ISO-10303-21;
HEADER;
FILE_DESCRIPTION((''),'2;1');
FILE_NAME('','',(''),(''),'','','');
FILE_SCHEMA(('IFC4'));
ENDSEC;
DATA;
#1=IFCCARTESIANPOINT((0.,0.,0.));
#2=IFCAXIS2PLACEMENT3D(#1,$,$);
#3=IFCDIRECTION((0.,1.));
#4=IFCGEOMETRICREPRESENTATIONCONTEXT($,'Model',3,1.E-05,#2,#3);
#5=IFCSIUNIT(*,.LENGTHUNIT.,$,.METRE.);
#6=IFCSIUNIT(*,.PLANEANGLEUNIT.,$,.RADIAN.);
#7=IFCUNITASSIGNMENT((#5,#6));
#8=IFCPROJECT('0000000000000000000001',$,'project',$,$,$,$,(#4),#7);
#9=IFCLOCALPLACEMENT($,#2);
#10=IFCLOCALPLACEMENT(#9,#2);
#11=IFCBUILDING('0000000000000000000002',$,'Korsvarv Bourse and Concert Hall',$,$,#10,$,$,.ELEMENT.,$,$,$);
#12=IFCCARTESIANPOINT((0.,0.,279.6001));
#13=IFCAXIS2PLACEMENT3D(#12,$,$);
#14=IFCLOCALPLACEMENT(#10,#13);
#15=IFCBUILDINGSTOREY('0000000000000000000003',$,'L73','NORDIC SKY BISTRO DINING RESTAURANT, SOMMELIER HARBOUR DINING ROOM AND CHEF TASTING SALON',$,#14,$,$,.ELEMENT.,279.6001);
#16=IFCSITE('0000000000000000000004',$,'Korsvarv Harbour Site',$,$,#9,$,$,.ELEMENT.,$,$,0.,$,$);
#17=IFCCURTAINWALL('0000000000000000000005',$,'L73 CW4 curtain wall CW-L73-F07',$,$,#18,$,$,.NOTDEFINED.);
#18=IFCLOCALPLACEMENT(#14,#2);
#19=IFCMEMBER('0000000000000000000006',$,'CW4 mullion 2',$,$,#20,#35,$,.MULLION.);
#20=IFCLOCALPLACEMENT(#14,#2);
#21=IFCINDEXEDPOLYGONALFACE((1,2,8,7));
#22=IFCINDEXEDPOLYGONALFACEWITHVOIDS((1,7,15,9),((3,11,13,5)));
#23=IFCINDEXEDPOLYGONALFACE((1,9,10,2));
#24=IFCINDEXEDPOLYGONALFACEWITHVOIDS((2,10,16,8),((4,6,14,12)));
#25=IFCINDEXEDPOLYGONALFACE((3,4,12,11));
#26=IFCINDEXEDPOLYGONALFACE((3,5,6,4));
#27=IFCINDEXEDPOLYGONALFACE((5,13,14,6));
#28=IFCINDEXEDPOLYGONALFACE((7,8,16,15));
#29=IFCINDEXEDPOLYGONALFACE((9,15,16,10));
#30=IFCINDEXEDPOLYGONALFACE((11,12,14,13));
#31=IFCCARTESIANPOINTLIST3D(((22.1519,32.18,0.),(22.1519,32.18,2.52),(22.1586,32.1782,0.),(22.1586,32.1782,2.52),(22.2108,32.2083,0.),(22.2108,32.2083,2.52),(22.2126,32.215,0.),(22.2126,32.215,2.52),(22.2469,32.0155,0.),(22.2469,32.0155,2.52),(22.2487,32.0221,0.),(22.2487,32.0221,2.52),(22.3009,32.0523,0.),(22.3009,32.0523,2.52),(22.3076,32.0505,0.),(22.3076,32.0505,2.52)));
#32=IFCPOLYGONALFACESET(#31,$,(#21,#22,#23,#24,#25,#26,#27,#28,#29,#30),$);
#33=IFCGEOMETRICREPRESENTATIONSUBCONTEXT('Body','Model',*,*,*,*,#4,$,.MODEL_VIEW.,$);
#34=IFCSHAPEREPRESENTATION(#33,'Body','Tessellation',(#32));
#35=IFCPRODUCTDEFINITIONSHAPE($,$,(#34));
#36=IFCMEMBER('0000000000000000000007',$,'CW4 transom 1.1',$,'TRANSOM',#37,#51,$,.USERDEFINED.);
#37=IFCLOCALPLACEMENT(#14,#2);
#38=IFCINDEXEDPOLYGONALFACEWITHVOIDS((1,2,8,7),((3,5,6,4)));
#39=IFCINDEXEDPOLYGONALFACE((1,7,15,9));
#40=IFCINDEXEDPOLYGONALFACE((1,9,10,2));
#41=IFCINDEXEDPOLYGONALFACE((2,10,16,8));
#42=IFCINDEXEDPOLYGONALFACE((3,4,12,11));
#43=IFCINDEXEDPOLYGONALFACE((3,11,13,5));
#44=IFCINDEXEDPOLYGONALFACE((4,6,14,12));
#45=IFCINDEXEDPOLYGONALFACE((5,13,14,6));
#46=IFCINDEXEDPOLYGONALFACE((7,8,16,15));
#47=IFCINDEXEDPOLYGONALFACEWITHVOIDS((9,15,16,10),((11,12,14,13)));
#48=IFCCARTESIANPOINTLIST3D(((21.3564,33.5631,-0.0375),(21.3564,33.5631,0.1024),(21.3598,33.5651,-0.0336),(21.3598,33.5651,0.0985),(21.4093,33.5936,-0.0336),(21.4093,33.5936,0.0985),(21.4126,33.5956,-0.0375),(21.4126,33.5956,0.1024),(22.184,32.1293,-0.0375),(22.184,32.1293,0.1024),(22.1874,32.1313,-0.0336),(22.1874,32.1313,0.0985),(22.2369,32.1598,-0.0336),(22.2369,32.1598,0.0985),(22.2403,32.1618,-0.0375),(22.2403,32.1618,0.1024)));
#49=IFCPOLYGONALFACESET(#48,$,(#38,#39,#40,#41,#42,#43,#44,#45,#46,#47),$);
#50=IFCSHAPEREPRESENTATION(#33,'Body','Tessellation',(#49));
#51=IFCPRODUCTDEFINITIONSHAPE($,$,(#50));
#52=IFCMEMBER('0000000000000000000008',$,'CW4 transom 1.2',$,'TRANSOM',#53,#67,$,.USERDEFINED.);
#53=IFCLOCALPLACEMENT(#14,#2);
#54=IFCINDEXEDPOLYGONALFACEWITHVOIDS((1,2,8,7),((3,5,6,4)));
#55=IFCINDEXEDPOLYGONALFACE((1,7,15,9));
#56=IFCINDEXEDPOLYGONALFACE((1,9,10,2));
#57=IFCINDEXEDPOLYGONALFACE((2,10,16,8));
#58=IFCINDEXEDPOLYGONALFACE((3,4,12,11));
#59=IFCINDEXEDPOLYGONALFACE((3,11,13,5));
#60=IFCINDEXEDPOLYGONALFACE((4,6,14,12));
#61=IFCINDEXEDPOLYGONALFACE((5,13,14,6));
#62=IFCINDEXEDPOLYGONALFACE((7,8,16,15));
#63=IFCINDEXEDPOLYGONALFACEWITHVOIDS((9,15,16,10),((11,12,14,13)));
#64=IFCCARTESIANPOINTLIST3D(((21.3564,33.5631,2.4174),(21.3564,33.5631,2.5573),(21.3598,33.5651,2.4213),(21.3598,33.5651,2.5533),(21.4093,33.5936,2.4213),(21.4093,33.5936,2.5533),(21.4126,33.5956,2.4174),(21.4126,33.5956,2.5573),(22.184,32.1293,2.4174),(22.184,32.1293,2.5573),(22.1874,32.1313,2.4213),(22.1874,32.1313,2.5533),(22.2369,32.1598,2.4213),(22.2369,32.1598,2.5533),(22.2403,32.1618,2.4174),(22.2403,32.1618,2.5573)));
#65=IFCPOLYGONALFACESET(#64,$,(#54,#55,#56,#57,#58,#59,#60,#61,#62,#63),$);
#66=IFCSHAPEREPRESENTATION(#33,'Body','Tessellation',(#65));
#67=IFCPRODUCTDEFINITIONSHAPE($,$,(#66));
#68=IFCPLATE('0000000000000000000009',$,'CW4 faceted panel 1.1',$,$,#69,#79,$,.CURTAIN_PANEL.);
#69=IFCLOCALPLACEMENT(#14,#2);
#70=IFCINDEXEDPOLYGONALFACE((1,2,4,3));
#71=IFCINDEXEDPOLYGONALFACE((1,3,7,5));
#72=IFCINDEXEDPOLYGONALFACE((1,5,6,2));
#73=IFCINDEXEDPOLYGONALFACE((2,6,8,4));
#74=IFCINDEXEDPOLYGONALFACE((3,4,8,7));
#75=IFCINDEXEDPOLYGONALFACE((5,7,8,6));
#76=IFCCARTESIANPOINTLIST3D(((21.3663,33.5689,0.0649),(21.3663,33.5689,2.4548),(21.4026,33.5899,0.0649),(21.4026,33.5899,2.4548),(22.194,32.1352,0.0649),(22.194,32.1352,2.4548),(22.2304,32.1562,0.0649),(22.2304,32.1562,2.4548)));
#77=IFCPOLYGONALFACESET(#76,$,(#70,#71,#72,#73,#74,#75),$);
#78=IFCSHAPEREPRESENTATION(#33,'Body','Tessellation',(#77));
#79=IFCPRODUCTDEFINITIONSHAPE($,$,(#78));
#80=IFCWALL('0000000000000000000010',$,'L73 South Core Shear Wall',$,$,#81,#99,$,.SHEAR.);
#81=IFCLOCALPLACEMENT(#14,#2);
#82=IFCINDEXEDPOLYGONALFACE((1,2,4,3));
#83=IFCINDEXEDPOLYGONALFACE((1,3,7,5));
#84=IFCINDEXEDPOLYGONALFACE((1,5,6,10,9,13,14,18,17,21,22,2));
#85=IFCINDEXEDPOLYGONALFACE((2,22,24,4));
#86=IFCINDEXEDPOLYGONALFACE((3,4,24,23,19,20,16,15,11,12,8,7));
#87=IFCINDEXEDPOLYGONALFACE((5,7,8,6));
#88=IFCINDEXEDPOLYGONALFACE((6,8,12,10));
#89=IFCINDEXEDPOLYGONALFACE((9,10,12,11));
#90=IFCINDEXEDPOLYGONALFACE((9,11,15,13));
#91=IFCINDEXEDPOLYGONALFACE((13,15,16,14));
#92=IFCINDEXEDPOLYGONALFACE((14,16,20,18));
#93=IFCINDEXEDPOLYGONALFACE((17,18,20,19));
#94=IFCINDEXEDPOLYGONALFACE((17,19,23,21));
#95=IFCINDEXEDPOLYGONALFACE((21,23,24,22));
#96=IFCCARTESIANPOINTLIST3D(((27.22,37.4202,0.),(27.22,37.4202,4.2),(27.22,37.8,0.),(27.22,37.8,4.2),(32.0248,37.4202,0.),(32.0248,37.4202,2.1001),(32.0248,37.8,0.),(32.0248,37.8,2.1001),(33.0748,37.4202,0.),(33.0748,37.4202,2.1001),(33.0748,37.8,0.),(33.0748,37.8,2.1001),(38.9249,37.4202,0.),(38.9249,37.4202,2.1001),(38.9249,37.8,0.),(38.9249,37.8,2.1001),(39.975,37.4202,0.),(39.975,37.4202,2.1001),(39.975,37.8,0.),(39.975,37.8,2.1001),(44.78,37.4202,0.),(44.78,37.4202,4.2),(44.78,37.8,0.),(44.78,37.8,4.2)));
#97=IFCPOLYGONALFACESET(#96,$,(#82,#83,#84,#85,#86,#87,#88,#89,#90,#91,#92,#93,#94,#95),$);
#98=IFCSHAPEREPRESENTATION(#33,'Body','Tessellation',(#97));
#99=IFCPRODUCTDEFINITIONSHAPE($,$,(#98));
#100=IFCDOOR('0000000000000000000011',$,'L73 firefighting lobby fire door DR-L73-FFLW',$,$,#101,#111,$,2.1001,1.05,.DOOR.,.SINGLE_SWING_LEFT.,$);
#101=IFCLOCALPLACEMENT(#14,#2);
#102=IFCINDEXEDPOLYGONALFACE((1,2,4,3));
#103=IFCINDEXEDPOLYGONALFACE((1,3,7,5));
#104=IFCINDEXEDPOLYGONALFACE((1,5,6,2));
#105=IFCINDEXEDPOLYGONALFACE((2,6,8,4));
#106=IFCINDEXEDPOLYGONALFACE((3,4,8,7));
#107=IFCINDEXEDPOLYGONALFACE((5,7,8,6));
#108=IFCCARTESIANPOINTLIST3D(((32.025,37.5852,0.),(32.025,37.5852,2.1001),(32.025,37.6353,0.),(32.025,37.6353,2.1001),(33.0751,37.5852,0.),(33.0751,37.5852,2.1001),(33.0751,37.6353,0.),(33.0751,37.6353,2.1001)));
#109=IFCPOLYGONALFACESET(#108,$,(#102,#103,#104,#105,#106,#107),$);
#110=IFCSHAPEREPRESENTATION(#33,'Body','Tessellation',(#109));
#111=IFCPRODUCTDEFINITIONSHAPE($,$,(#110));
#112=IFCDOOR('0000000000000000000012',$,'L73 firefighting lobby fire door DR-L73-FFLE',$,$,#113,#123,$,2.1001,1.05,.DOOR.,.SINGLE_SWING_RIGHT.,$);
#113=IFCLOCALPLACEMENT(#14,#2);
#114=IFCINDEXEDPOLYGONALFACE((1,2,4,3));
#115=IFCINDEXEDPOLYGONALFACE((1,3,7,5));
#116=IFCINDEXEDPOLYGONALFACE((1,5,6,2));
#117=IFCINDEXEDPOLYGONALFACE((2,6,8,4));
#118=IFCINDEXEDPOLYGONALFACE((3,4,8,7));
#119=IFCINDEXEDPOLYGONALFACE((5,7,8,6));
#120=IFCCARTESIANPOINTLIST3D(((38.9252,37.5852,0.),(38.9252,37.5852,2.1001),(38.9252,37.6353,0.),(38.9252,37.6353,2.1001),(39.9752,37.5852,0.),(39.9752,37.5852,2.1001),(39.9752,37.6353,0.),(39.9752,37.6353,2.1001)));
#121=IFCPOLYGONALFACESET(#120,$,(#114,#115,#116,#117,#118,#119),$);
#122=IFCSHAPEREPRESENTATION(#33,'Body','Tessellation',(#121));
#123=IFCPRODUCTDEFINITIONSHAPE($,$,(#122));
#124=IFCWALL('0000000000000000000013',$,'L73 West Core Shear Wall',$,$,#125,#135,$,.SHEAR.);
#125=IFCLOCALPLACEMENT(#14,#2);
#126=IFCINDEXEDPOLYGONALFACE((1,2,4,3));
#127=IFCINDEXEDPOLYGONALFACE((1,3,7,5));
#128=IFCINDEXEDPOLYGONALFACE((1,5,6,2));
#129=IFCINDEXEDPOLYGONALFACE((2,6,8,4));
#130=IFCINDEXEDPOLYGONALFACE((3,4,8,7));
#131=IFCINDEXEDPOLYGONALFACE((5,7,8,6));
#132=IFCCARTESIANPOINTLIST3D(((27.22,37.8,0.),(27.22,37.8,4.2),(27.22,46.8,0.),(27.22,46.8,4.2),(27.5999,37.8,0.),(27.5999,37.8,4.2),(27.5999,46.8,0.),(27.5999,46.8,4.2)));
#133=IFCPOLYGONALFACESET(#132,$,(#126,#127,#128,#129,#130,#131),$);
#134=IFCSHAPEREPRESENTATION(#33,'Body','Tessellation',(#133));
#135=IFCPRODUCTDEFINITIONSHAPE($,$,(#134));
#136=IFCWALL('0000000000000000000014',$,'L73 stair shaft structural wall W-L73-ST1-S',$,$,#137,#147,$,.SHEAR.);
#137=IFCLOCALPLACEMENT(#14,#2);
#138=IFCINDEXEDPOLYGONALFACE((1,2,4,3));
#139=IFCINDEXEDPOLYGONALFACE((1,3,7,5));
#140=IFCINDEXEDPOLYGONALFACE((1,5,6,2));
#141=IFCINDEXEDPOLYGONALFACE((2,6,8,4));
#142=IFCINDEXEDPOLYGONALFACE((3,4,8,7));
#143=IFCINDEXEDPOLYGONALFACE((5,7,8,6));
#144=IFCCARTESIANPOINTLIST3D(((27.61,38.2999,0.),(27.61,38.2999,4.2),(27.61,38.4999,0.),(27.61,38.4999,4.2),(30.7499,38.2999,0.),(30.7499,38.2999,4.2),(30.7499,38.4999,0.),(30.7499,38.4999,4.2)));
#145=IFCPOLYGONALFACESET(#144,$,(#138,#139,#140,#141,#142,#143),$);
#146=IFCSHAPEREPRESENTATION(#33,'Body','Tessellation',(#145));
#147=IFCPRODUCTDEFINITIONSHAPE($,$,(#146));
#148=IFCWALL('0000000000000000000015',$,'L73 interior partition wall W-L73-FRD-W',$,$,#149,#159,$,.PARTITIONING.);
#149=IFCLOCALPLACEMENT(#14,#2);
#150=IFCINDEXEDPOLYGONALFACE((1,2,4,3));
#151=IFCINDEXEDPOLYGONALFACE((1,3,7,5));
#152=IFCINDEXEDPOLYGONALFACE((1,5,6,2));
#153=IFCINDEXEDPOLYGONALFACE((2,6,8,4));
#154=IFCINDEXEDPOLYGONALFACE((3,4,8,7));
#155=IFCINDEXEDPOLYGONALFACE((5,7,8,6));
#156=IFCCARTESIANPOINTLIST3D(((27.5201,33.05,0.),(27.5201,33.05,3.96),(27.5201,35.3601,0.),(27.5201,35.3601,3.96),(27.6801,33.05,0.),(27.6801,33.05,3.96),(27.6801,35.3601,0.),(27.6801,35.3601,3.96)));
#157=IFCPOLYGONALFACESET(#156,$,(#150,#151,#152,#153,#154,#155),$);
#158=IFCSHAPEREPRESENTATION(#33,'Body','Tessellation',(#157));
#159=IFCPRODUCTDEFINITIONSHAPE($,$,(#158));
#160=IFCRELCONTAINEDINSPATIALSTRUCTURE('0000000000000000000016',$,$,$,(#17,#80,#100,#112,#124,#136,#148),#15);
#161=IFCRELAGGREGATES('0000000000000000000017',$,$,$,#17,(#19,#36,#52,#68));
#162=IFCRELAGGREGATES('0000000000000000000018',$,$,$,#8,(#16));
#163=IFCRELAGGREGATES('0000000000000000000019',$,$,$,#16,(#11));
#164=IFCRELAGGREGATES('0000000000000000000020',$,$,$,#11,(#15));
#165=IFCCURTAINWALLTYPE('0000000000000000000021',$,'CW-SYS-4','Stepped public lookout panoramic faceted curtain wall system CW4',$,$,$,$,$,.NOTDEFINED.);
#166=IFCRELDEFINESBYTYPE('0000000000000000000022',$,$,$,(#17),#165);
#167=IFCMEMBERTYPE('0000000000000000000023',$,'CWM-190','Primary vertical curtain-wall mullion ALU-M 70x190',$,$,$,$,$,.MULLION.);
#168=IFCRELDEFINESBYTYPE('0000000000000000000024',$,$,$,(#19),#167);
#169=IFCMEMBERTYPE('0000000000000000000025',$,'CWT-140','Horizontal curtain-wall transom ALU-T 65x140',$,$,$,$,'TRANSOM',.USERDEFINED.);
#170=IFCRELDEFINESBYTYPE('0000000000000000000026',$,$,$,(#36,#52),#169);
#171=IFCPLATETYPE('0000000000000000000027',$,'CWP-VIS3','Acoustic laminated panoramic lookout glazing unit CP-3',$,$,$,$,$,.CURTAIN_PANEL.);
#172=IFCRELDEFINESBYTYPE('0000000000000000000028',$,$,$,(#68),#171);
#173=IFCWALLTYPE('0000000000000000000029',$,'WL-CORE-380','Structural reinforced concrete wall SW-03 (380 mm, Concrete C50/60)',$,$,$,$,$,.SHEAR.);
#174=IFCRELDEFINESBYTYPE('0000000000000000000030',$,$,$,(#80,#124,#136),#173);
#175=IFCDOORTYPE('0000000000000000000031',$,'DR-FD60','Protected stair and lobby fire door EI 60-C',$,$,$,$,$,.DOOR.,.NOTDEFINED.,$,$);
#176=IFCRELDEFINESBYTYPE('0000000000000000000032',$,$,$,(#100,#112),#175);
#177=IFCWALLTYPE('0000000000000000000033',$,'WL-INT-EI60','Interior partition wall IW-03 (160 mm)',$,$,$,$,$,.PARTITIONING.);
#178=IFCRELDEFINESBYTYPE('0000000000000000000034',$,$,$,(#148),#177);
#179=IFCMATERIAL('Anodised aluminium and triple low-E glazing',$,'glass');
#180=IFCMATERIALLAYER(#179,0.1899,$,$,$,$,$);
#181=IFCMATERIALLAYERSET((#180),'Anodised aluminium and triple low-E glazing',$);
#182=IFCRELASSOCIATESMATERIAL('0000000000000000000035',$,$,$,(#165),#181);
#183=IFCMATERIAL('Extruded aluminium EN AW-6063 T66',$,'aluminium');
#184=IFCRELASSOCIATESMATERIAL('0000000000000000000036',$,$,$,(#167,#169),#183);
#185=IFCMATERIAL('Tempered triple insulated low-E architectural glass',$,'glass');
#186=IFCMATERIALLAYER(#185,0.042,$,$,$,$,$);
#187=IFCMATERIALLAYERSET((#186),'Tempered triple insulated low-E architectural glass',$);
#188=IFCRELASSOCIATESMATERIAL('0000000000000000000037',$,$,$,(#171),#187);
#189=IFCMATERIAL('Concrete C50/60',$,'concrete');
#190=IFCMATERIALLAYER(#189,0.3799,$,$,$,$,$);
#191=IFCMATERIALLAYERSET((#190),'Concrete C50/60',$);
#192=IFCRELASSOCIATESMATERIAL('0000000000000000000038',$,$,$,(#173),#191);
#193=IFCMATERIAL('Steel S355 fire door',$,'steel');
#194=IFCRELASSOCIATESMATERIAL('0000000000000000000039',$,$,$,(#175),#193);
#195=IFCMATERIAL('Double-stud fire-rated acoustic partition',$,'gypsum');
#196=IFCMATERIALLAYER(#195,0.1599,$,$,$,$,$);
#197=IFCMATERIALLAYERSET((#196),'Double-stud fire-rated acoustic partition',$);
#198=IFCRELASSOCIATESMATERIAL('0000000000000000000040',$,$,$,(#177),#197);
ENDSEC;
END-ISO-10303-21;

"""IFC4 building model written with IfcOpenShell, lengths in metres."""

from ifc_helpers import new_model, si_unit, direction, frame, frame_2d, origin, origin_2d, place, context, subcontext, project, spatial, rectangle, hollow_rectangle, extrude, source, transform, mapped, material, layer, layer_set, material_profile, profile_set, type_object, element, fill, aggregate, save


model = new_model("IFC4")

# Units and contexts
model_context = context("Model", 3, precision=1e-05, world=origin(), true_north=direction((0.0, 1.0)))
body_context = subcontext(model_context, "Body", "Model", "MODEL_VIEW")
ifc_project = project(units=[si_unit("LENGTHUNIT", "METRE"), si_unit("PLANEANGLEUNIT", "RADIAN")], contexts=[model_context])

# Site, building, storey
site_placement = place(None, origin())
site = spatial("IfcSite", under=ifc_project, at=site_placement, Name="Korsvarv Harbour Site", CompositionType="ELEMENT", RefElevation=0.0)
building_placement = place(site_placement, origin())
building = spatial("IfcBuilding", under=site, at=building_placement, Name="Korsvarv Bourse and Concert Hall", CompositionType="ELEMENT")
storey_placement = place(building_placement, frame((0.0, 0.0, 279.6001)))
storey = spatial("IfcBuildingStorey", under=building, at=storey_placement, Name="L73", Description="NORDIC SKY BISTRO DINING RESTAURANT, SOMMELIER HARBOUR DINING ROOM AND CHEF TASTING SALON", CompositionType="ELEMENT", Elevation=279.6001)

# Shared definitions
ifc_material_1 = material(Name="Concrete C50/60", Category="concrete")

# Curtain wall, members, plate
ifc_material_2 = material(Name="Anodised aluminium and triple low-E glazing", Category="glass")
ifc_layer_1 = layer(ifc_material_2, 0.1899)
ifc_layer_set_1 = layer_set([ifc_layer_1], Name="Anodised aluminium and triple low-E glazing")
curtain_wall_type = type_object("IfcCurtainWallType", Name="CW-SYS-4", Description="Stepped public lookout panoramic faceted curtain wall system CW4", PredefinedType="NOTDEFINED", material=ifc_layer_set_1)
curtain_wall_placement = place(storey_placement, origin())
curtain_wall = element("IfcCurtainWall", 1, at=curtain_wall_placement, inside=storey, type_object=curtain_wall_type, Name="L73 CW4 curtain wall CW-L73-F07", PredefinedType="NOTDEFINED")
ifc_material_3 = material(Name="Extruded aluminium EN AW-6063 T66", Category="aluminium")
ifc_material_profile_1 = material_profile(ifc_material_3, hollow_rectangle(XDim=0.0701, YDim=0.1899, WallThickness=0.0049, at=origin_2d()), Name="ALU-M 70x190")
ifc_profile_set_1 = profile_set([ifc_material_profile_1], Name="Extruded aluminium EN AW-6063 T66")
member_type_1 = type_object("IfcMemberType", Name="CWM-190", Description="Primary vertical curtain-wall mullion ALU-M 70x190", PredefinedType="MULLION", material=ifc_profile_set_1)
shared_shape_1 = source(origin(), body_context, "Body", "SweptSolid", [
    extrude(hollow_rectangle(XDim=0.0701, YDim=0.1899, WallThickness=0.0049, at=origin_2d()), origin(), (0.0, 0.0, 1.0), 2.52),
])
member_1_placement = place(storey_placement, frame((22.2297, 32.1152, 0.0), z_axis=(0.0, 0.0, 1.0), x_axis=(0.866027, 0.499998, 0.0)))
member_1 = element("IfcMember", 2, at=member_1_placement, type_object=member_type_1, Name="CW4 mullion 2", PredefinedType="MULLION", context=body_context, shape_type="MappedRepresentation", body=[
    mapped(shared_shape_1, transform((0.0, 0.0, 0.0), scale=1.0)),
])
ifc_material_profile_2 = material_profile(ifc_material_3, hollow_rectangle(XDim=0.0649, YDim=0.1399, WallThickness=0.0039, at=origin_2d()), Name="ALU-T 65x140")
ifc_profile_set_2 = profile_set([ifc_material_profile_2], Name="Extruded aluminium EN AW-6063 T66")
member_type_2 = type_object("IfcMemberType", Name="CWT-140", Description="Horizontal curtain-wall transom ALU-T 65x140", ElementType="TRANSOM", PredefinedType="USERDEFINED", material=ifc_profile_set_2)
shared_shape_2 = source(origin(), body_context, "Body", "SweptSolid", [
    extrude(hollow_rectangle(XDim=0.0649, YDim=0.1399, WallThickness=0.0039, at=origin_2d()), origin(), (0.0, 0.0, 1.0), 1.6555),
])
member_2_placement = place(storey_placement, frame((21.3845, 33.5793, 0.0325), z_axis=(0.499914, -0.866075, 0.0), x_axis=(0.866075, 0.499914, 0.0)))
member_2 = element("IfcMember", 3, at=member_2_placement, type_object=member_type_2, Name="CW4 transom 1.1", ObjectType="TRANSOM", PredefinedType="USERDEFINED", context=body_context, shape_type="MappedRepresentation", body=[
    mapped(shared_shape_2, transform((0.0, 0.0, 0.0), scale=1.0)),
])
member_3_placement = place(storey_placement, frame((21.3845, 33.5793, 2.4873), z_axis=(0.499914, -0.866075, 0.0), x_axis=(0.866075, 0.499914, 0.0)))
member_3 = element("IfcMember", 4, at=member_3_placement, type_object=member_type_2, Name="CW4 transom 1.2", ObjectType="TRANSOM", PredefinedType="USERDEFINED", context=body_context, shape_type="MappedRepresentation", body=[
    mapped(shared_shape_2, transform((0.0, 0.0, 0.0), scale=1.0)),
])
ifc_material_4 = material(Name="Tempered triple insulated low-E architectural glass", Category="glass")
ifc_layer_2 = layer(ifc_material_4, 0.042)
ifc_layer_set_2 = layer_set([ifc_layer_2], Name="Tempered triple insulated low-E architectural glass")
plate_type = type_object("IfcPlateType", Name="CWP-VIS3", Description="Acoustic laminated panoramic lookout glazing unit CP-3", PredefinedType="CURTAIN_PANEL", material=ifc_layer_set_2)
shared_shape_3 = source(origin(), body_context, "Body", "SweptSolid", [
    extrude(rectangle(XDim=1.6555, YDim=0.042, at=origin_2d()), origin(), (0.0, 0.0, 1.0), 2.3899),
])
plate_placement = place(storey_placement, frame((21.7983, 32.8625, 0.0649), z_axis=(0.0, 0.0, 1.0), x_axis=(0.499998, -0.866027, 0.0)))
plate = element("IfcPlate", 5, at=plate_placement, type_object=plate_type, Name="CW4 faceted panel 1.1", PredefinedType="CURTAIN_PANEL", context=body_context, shape_type="MappedRepresentation", body=[
    mapped(shared_shape_3, transform((0.0, 0.0, 0.0), scale=1.0)),
])
aggregate(curtain_wall, [member_1, member_2, member_3, plate])

# Wall, openings, doors
ifc_layer_3 = layer(ifc_material_1, 0.3799)
ifc_layer_set_3 = layer_set([ifc_layer_3], Name="Concrete C50/60")
wall_type_1 = type_object("IfcWallType", Name="WL-CORE-380", Description="Structural reinforced concrete wall SW-03 (380 mm, Concrete C50/60)", PredefinedType="SHEAR", material=ifc_layer_set_3)
wall_1_placement = place(storey_placement, frame((27.22, 37.6101, 0.0), z_axis=(0.0, 0.0, 1.0), x_axis=(1.0, 0.0, 0.0)))
wall_1 = element("IfcWall", 6, at=wall_1_placement, inside=storey, type_object=wall_type_1, Name="L73 South Core Shear Wall", PredefinedType="SHEAR", context=body_context, shape_type="SweptSolid", body=[
    extrude(rectangle(XDim=17.5601, YDim=0.3799, at=frame_2d((8.78, 0.0))), origin(), (0.0, 0.0, 1.0), 4.2),
])
opening_1_placement = place(wall_1_placement, frame((4.8049, 0.0, 0.0)))
opening_1 = element("IfcOpeningElement", 7, at=opening_1_placement, cuts=wall_1, PredefinedType="OPENING", context=body_context, shape_type="SweptSolid", body=[
    extrude(rectangle(XDim=1.05, YDim=2.1001, at=frame_2d((0.5249, 1.05))), frame((0.0, 0.2, 0.0), z_axis=(0.0, -1.0, 0.0), x_axis=(1.0, 0.0, 0.0)), (0.0, 0.0, 1.0), 0.3999),
])
opening_2_placement = place(wall_1_placement, frame((11.7051, 0.0, 0.0)))
opening_2 = element("IfcOpeningElement", 8, at=opening_2_placement, cuts=wall_1, PredefinedType="OPENING", context=body_context, shape_type="SweptSolid", body=[
    extrude(rectangle(XDim=1.05, YDim=2.1001, at=frame_2d((0.5249, 1.05))), frame((0.0, 0.2, 0.0), z_axis=(0.0, -1.0, 0.0), x_axis=(1.0, 0.0, 0.0)), (0.0, 0.0, 1.0), 0.3999),
])
ifc_material_5 = material(Name="Steel S355 fire door", Category="steel")
door_type = type_object("IfcDoorType", Name="DR-FD60", Description="Protected stair and lobby fire door EI 60-C", OperationType="NOTDEFINED", PredefinedType="DOOR", material=ifc_material_5)
door_1_placement = place(opening_1_placement, frame((1.05, 0.0, 0.0), z_axis=(0.0, 0.0, 1.0), x_axis=(-1.0, 0.0, 0.0)))
door_1 = element("IfcDoor", 9, at=door_1_placement, inside=storey, type_object=door_type, Name="L73 firefighting lobby fire door DR-L73-FFLW", OperationType="SINGLE_SWING_LEFT", OverallHeight=2.1001, OverallWidth=1.05, PredefinedType="DOOR", context=body_context, shape_type="SweptSolid", body=[
    extrude(rectangle(XDim=1.05, YDim=2.1001, at=frame_2d((0.5249, 1.05))), frame((0.0, 0.0249, 0.0), z_axis=(0.0, -1.0, 0.0), x_axis=(1.0, 0.0, 0.0)), (0.0, 0.0, 1.0), 0.05),
])
fill(opening_1, door_1)
door_2_placement = place(opening_2_placement, frame((1.05, 0.0, 0.0), z_axis=(0.0, 0.0, 1.0), x_axis=(-1.0, 0.0, 0.0)))
door_2 = element("IfcDoor", 10, at=door_2_placement, inside=storey, type_object=door_type, Name="L73 firefighting lobby fire door DR-L73-FFLE", OperationType="SINGLE_SWING_RIGHT", OverallHeight=2.1001, OverallWidth=1.05, PredefinedType="DOOR", context=body_context, shape_type="SweptSolid", body=[
    extrude(rectangle(XDim=1.05, YDim=2.1001, at=frame_2d((0.5249, 1.05))), frame((0.0, 0.0249, 0.0), z_axis=(0.0, -1.0, 0.0), x_axis=(1.0, 0.0, 0.0)), (0.0, 0.0, 1.0), 0.05),
])
fill(opening_2, door_2)

# Walls
wall_2_placement = place(storey_placement, frame((27.4099, 37.8, 0.0), z_axis=(0.0, 0.0, 1.0), x_axis=(0.0, 1.0, 0.0)))
element("IfcWall", 11, at=wall_2_placement, inside=storey, type_object=wall_type_1, Name="L73 West Core Shear Wall", PredefinedType="SHEAR", context=body_context, shape_type="SweptSolid", body=[
    extrude(rectangle(XDim=9.0, YDim=0.3799, at=frame_2d((4.5, 0.0))), origin(), (0.0, 0.0, 1.0), 4.2),
])
wall_3_placement = place(storey_placement, frame((27.6101, 38.3999, 0.0), z_axis=(0.0, 0.0, 1.0), x_axis=(1.0, 0.0, 0.0)))
element("IfcWall", 12, at=wall_3_placement, inside=storey, type_object=wall_type_1, Name="L73 stair shaft structural wall W-L73-ST1-S", PredefinedType="SHEAR", context=body_context, shape_type="SweptSolid", body=[
    extrude(rectangle(XDim=3.1399, YDim=0.2, at=frame_2d((1.5698, 0.0))), origin(), (0.0, 0.0, 1.0), 4.2),
])
ifc_material_6 = material(Name="Double-stud fire-rated acoustic partition", Category="gypsum")
ifc_layer_4 = layer(ifc_material_6, 0.1599)
ifc_layer_set_4 = layer_set([ifc_layer_4], Name="Double-stud fire-rated acoustic partition")
wall_type_2 = type_object("IfcWallType", Name="WL-INT-EI60", Description="Interior partition wall IW-03 (160 mm)", PredefinedType="PARTITIONING", material=ifc_layer_set_4)
wall_4_placement = place(storey_placement, frame((27.6001, 33.05, 0.0), z_axis=(0.0, 0.0, 1.0), x_axis=(0.0, 1.0, 0.0)))
element("IfcWall", 13, at=wall_4_placement, inside=storey, type_object=wall_type_2, Name="L73 interior partition wall W-L73-FRD-W", PredefinedType="PARTITIONING", context=body_context, shape_type="SweptSolid", body=[
    extrude(rectangle(XDim=2.3101, YDim=0.1599, at=frame_2d((1.155, 0.0))), origin(), (0.0, 0.0, 1.0), 3.96),
])

save(model, "model.ifc")
